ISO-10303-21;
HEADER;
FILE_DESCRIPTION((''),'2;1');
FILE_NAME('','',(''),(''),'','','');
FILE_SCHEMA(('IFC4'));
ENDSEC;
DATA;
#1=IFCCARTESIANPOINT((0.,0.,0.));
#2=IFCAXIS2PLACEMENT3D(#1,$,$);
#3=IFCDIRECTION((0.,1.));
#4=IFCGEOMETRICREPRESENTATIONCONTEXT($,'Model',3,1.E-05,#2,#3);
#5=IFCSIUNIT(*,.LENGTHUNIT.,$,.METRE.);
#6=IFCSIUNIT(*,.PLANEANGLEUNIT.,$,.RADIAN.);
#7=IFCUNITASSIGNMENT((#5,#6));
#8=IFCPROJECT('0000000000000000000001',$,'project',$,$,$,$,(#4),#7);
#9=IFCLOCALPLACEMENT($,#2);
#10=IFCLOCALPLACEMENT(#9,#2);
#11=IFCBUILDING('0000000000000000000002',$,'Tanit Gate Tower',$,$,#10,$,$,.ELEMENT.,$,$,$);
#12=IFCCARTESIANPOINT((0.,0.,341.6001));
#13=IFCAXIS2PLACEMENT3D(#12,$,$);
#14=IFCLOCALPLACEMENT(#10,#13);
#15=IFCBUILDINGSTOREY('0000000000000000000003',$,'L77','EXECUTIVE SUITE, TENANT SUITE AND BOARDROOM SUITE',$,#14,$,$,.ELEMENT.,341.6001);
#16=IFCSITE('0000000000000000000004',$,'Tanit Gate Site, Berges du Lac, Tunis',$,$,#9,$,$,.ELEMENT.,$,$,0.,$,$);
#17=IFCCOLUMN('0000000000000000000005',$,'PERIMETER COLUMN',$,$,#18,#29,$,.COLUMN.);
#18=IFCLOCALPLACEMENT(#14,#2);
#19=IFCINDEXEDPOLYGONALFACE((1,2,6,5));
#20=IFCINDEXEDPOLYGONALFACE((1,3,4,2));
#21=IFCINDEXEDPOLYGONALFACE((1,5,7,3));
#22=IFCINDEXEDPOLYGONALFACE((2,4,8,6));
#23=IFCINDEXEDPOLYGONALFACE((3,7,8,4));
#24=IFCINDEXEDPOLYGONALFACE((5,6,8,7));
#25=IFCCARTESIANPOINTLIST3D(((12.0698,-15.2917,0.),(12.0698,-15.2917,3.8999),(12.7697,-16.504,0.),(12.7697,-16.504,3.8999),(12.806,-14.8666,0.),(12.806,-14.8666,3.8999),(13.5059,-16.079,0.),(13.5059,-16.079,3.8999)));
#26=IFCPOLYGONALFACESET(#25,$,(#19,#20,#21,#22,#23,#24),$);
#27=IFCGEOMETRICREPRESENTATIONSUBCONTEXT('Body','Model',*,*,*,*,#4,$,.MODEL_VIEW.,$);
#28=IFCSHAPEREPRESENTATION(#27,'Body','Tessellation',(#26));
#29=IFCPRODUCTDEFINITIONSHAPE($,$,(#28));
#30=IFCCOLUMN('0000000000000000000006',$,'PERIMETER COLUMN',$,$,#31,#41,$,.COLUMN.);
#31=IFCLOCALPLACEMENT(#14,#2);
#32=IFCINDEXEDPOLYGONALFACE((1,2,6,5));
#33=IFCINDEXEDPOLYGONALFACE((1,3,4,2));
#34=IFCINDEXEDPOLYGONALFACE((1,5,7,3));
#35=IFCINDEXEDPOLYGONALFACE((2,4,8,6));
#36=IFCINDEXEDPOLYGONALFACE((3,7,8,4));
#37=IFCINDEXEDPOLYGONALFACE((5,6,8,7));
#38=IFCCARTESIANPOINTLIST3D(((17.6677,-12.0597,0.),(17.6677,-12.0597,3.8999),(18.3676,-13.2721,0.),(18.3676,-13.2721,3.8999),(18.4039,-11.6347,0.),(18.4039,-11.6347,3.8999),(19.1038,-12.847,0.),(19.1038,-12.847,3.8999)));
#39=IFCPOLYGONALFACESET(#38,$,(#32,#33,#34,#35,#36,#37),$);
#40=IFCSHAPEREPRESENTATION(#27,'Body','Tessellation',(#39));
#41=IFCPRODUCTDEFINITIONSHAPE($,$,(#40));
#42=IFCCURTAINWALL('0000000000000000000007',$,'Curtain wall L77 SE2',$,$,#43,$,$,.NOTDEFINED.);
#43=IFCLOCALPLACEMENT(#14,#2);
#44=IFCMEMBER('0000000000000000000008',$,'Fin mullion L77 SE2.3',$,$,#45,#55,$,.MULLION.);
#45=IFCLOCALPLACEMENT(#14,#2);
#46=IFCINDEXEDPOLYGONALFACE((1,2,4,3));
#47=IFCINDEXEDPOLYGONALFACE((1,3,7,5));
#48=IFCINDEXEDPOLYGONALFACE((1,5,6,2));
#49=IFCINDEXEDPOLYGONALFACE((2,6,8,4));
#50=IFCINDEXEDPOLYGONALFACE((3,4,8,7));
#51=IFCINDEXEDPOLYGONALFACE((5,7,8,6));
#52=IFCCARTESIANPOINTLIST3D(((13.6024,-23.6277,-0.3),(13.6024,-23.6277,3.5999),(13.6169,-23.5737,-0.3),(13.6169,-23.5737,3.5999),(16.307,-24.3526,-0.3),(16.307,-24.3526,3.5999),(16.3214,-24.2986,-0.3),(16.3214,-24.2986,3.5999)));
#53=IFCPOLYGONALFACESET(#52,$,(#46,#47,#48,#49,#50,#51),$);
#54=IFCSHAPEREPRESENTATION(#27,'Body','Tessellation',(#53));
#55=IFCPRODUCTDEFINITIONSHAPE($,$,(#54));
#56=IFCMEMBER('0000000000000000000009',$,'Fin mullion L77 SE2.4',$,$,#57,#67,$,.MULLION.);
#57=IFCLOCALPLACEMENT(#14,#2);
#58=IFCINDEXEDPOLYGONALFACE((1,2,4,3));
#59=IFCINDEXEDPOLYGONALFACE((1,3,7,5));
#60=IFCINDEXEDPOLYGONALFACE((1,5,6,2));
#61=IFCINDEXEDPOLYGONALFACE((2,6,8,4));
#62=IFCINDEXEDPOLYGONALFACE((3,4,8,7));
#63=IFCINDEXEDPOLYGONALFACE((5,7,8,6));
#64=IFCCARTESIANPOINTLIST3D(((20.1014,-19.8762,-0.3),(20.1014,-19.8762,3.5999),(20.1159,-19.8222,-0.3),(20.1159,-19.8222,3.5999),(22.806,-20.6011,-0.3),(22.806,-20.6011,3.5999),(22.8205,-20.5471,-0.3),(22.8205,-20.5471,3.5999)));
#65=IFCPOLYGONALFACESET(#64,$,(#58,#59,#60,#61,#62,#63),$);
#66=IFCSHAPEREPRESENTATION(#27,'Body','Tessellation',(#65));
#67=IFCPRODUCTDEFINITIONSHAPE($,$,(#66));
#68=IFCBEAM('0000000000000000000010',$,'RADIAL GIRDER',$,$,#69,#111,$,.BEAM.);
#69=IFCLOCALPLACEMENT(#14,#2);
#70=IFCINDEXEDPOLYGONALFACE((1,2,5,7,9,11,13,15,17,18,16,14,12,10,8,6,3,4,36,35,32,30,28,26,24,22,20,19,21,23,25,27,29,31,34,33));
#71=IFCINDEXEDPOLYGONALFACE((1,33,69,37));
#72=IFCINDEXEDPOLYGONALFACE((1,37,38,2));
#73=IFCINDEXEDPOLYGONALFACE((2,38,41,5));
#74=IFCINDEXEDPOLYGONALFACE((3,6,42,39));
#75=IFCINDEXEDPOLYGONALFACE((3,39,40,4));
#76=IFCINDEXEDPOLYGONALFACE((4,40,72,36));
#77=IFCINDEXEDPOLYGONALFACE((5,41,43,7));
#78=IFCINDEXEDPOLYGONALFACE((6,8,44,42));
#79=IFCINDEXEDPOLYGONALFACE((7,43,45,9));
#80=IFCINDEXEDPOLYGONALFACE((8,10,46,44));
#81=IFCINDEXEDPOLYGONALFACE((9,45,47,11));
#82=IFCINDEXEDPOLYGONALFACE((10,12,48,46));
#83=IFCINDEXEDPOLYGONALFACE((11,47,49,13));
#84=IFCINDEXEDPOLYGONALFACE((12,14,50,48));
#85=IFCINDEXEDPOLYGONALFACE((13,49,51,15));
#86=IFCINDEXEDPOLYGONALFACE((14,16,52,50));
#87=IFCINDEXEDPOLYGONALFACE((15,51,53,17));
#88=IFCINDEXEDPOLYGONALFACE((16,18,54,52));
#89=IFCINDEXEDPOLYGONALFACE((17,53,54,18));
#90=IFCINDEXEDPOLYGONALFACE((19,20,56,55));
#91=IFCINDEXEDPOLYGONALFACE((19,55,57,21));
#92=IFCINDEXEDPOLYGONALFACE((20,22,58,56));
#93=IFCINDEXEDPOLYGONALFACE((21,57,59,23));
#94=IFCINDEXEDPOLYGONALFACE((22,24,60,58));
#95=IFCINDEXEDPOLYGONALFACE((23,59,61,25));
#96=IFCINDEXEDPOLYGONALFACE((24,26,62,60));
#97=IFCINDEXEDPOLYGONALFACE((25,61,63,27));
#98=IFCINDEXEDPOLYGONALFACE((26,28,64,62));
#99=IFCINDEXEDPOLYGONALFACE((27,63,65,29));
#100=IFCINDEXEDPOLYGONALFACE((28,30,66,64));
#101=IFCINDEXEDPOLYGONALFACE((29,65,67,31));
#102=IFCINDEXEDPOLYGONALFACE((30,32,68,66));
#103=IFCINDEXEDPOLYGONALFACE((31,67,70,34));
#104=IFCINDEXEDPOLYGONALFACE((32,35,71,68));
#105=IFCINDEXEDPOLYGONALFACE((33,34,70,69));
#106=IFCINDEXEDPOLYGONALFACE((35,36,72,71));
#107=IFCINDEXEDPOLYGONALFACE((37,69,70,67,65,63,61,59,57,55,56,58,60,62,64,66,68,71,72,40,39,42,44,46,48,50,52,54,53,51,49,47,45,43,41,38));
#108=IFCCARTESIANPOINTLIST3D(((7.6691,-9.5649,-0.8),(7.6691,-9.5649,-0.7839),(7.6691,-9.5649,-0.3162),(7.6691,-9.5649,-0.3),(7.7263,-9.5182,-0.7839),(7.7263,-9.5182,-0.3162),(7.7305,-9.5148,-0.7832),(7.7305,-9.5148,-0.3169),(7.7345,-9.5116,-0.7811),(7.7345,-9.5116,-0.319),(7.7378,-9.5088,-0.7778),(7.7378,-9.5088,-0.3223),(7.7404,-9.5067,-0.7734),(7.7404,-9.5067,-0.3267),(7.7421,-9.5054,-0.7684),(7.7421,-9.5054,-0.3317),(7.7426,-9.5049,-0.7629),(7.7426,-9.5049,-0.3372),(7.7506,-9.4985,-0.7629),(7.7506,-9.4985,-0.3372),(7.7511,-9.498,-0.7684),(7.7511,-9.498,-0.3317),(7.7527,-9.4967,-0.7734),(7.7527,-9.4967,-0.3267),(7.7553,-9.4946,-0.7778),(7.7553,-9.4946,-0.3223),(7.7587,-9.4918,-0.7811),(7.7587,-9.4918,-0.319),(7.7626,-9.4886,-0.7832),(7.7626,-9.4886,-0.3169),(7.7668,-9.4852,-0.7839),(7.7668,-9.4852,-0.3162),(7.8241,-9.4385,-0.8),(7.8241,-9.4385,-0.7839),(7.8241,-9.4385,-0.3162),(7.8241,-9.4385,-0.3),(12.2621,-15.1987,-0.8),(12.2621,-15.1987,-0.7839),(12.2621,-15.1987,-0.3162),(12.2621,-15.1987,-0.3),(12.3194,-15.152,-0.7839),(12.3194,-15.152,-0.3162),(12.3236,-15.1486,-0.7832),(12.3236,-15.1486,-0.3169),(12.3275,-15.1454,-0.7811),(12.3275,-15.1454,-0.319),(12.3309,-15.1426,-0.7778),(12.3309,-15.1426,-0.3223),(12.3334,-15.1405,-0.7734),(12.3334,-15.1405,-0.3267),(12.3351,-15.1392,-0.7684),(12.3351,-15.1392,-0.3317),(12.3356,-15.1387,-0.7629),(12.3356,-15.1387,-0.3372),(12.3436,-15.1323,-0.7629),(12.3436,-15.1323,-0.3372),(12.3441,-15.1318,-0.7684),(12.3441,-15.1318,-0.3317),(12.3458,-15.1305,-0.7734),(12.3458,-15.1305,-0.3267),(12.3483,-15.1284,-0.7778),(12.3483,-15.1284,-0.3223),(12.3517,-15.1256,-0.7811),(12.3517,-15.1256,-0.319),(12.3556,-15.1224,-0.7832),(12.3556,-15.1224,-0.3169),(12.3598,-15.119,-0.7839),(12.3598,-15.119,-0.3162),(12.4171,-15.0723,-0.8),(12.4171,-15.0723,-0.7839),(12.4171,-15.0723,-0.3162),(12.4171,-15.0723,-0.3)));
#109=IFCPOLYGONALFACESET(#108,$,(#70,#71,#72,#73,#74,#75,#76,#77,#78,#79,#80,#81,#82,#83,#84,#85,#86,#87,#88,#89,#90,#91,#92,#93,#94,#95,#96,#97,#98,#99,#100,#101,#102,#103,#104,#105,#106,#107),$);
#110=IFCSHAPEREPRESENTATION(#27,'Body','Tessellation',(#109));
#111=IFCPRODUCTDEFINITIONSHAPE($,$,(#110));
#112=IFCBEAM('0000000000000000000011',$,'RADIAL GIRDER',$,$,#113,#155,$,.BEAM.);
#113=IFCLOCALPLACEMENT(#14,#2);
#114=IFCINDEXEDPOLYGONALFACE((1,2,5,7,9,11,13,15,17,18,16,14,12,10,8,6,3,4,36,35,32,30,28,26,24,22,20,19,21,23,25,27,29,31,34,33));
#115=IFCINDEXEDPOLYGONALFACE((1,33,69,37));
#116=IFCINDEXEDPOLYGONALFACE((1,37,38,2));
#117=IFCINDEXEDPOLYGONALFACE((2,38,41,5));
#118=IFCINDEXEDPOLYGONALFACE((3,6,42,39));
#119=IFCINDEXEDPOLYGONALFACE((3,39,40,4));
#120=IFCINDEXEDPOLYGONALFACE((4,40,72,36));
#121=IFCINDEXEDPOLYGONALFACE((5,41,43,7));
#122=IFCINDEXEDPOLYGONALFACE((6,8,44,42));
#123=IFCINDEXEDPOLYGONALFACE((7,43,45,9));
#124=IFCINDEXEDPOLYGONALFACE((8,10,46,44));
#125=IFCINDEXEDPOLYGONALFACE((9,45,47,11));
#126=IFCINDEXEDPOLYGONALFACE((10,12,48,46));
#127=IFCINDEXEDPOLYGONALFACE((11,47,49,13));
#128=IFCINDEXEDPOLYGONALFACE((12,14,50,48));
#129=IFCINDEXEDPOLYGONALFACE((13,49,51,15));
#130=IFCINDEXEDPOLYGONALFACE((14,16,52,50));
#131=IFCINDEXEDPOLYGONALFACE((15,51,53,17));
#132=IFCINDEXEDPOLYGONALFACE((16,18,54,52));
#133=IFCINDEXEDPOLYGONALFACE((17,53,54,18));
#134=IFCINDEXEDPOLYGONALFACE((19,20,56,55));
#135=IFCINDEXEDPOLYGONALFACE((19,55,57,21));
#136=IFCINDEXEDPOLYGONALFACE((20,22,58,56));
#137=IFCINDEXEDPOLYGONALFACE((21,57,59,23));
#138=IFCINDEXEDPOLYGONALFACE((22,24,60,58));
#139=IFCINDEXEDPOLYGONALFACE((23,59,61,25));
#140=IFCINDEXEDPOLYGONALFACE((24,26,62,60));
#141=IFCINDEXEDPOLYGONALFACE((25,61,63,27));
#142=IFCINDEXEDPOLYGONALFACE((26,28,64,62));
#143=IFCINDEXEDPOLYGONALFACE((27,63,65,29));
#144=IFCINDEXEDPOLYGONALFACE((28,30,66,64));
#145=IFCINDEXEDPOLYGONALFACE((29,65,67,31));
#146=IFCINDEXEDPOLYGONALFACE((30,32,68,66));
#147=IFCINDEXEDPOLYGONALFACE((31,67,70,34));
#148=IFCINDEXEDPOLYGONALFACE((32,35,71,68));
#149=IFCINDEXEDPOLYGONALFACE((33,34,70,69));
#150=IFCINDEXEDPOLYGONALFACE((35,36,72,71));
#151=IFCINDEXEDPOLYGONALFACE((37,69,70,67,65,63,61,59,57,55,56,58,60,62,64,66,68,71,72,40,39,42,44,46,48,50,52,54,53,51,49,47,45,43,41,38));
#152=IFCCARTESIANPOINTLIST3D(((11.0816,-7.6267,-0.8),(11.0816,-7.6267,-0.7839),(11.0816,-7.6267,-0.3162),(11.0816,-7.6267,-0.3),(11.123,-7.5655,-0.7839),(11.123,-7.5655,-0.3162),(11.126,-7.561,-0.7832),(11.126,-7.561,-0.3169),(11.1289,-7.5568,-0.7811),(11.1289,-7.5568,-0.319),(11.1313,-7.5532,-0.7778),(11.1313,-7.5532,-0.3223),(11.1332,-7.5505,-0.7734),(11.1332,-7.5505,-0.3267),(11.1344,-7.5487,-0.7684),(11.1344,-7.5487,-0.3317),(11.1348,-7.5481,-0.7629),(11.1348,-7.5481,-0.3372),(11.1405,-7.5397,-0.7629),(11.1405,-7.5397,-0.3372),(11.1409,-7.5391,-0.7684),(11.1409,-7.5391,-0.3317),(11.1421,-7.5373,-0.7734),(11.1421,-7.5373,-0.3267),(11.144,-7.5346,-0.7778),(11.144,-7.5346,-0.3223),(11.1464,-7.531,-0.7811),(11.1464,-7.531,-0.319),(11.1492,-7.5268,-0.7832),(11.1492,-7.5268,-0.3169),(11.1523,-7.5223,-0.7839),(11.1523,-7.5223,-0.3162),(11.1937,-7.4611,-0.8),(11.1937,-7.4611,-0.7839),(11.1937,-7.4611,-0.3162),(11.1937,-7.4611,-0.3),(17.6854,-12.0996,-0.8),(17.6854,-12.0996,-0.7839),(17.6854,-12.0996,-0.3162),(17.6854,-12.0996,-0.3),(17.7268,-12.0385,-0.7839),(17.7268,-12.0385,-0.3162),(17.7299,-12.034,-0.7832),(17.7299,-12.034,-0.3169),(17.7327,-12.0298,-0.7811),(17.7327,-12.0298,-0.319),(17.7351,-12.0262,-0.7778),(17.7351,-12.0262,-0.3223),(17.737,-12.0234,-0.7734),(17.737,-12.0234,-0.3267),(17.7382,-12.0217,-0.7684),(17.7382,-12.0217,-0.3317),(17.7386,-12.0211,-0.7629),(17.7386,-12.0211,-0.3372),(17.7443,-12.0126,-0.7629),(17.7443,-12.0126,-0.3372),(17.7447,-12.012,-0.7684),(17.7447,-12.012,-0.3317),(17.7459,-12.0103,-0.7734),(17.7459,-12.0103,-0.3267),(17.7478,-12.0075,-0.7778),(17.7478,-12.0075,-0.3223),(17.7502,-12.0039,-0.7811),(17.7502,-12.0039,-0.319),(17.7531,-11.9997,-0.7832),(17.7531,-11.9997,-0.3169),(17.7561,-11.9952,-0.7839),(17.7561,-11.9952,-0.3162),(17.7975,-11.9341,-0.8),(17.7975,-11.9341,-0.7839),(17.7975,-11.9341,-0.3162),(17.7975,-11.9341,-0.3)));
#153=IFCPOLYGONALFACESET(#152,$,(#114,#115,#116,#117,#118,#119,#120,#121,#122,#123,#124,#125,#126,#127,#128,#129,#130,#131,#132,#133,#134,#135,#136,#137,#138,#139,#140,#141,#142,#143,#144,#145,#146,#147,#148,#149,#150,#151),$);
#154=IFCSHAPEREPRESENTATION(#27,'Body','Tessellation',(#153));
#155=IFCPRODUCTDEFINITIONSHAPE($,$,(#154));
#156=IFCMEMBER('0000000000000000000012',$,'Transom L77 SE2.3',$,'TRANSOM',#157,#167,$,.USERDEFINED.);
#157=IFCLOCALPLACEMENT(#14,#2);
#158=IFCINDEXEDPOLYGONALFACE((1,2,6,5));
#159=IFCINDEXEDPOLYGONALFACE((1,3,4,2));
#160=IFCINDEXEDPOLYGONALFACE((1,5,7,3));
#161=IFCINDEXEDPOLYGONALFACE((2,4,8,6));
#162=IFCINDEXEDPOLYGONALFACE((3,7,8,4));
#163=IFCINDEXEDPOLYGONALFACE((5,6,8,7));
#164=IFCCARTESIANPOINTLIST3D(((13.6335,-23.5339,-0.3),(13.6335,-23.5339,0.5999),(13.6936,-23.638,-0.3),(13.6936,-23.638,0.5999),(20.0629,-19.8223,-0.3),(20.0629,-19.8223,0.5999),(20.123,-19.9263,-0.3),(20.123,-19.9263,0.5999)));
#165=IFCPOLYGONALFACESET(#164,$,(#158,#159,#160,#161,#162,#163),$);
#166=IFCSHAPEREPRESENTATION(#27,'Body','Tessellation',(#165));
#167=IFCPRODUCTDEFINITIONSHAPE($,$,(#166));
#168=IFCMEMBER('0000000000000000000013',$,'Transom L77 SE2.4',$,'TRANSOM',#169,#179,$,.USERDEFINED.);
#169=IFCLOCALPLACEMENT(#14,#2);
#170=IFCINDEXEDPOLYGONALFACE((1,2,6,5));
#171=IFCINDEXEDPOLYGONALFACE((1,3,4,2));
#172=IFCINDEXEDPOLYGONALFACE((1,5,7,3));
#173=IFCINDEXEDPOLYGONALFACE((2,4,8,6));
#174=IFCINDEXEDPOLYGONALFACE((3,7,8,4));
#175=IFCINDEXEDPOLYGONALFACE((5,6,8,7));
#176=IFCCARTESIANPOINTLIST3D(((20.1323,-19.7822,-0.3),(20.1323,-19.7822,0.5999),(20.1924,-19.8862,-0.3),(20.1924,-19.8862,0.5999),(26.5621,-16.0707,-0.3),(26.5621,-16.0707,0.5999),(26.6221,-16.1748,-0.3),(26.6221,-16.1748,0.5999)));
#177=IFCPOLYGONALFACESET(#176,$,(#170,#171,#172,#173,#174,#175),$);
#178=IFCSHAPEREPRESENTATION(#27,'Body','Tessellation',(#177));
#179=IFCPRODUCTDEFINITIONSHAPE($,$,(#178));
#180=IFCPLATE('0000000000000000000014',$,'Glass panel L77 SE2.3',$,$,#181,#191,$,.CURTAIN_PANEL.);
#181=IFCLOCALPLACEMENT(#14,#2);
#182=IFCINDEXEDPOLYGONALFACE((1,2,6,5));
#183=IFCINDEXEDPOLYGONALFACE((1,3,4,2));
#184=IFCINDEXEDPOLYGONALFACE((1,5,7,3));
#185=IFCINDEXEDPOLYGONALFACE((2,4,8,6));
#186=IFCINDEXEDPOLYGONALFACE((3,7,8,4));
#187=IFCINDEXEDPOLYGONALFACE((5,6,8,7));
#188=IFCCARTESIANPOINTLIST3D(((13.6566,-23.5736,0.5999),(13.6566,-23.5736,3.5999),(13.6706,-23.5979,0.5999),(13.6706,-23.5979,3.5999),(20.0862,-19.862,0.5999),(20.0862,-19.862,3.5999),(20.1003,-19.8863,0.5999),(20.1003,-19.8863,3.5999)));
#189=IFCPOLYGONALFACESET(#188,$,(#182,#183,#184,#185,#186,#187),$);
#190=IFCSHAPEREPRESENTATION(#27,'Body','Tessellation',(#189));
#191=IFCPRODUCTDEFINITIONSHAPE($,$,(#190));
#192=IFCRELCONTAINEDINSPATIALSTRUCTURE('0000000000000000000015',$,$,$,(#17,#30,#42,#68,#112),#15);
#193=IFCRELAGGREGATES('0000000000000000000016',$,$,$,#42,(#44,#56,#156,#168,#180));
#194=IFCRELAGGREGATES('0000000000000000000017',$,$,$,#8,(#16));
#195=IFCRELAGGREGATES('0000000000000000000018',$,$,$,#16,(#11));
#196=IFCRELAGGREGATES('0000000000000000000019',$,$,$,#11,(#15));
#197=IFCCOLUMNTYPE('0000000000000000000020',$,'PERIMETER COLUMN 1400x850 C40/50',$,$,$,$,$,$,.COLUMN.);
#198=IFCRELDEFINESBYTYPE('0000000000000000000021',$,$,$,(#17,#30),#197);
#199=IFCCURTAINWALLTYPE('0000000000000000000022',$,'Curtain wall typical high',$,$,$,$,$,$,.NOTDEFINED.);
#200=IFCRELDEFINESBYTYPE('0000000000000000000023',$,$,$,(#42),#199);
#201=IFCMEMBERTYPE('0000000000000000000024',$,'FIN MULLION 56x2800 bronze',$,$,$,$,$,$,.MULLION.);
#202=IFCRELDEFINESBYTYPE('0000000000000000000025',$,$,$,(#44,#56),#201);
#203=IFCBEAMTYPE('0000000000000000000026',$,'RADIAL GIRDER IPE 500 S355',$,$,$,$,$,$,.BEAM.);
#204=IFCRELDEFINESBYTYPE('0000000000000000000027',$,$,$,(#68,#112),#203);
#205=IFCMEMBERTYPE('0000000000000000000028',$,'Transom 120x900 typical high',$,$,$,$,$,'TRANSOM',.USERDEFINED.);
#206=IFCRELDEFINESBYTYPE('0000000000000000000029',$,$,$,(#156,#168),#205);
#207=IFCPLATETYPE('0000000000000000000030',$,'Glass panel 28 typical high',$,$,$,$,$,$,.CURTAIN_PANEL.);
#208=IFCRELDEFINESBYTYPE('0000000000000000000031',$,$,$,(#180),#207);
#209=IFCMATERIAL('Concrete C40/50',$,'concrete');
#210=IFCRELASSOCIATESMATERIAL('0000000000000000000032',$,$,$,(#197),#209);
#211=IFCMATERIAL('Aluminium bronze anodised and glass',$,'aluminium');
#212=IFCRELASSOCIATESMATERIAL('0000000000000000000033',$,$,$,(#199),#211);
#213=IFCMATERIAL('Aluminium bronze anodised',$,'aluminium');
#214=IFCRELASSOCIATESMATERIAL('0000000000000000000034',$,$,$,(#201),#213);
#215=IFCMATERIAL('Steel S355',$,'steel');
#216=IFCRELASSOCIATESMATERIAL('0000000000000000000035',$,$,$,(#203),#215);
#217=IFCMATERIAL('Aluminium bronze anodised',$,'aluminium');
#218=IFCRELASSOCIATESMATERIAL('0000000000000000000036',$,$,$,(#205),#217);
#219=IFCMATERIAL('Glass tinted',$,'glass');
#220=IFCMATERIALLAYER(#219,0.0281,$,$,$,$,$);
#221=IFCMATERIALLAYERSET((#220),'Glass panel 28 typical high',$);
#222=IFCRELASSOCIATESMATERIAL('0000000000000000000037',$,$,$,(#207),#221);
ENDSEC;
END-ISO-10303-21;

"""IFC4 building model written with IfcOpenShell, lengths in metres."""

from ifc_helpers import new_model, si_unit, direction, frame, origin, origin_2d, place, context, subcontext, project, spatial, rectangle, i_section, extrude, material, layer, layer_set, material_profile, profile_set, type_object, element, aggregate, save


model = new_model("IFC4")

# Units and contexts
model_context = context("Model", 3, precision=1e-05, world=origin(), true_north=direction((0.0, 1.0)))
body_context = subcontext(model_context, "Body", "Model", "MODEL_VIEW")
ifc_project = project(units=[si_unit("LENGTHUNIT", "METRE"), si_unit("PLANEANGLEUNIT", "RADIAN")], contexts=[model_context])

# Site, building, storey
site_placement = place(None, origin())
site = spatial("IfcSite", under=ifc_project, at=site_placement, Name="Tanit Gate Site, Berges du Lac, Tunis", CompositionType="ELEMENT", RefElevation=0.0)
building_placement = place(site_placement, origin())
building = spatial("IfcBuilding", under=site, at=building_placement, Name="Tanit Gate Tower", CompositionType="ELEMENT")
storey_placement = place(building_placement, frame((0.0, 0.0, 341.6001)))
storey = spatial("IfcBuildingStorey", under=building, at=storey_placement, Name="L77", Description="EXECUTIVE SUITE, TENANT SUITE AND BOARDROOM SUITE", CompositionType="ELEMENT", Elevation=341.6001)

# Columns
ifc_material_1 = material(Name="Concrete C40/50", Category="concrete")
ifc_material_profile_1 = material_profile(ifc_material_1, rectangle(XDim=1.3999, YDim=0.8501, at=origin_2d()), Name="RC 1400x850")
ifc_profile_set_1 = profile_set([ifc_material_profile_1], Name="Concrete C40/50")
column_type = type_object("IfcColumnType", Name="PERIMETER COLUMN 1400x850 C40/50", PredefinedType="COLUMN", material=ifc_profile_set_1)
for number, where, z_axis, x_axis, name in (
    (1, (12.7878, -15.6853, 0.0), (0.0, 0.0, 1.0), (0.5, -0.866025, 0.0), "PERIMETER COLUMN"),
    (2, (18.3857, -12.4534, 0.0), (0.0, 0.0, 1.0), (0.5, -0.866025, 0.0), "PERIMETER COLUMN"),
):
    element("IfcColumn", number, at=place(storey_placement, frame(where, z_axis=z_axis, x_axis=x_axis)), inside=storey, type_object=column_type, Name=name, PredefinedType="COLUMN", context=body_context, shape_type="SweptSolid", body=[
        extrude(rectangle(XDim=1.3999, YDim=0.8501, at=origin_2d()), origin(), (0.0, 0.0, 1.0), 3.8999),
    ])

# Curtain wall, members
ifc_material_2 = material(Name="Aluminium bronze anodised and glass", Category="aluminium")
curtain_wall_type = type_object("IfcCurtainWallType", Name="Curtain wall typical high", PredefinedType="NOTDEFINED", material=ifc_material_2)
curtain_wall_placement = place(storey_placement, origin())
curtain_wall = element("IfcCurtainWall", 3, at=curtain_wall_placement, inside=storey, type_object=curtain_wall_type, Name="Curtain wall L77 SE2", PredefinedType="NOTDEFINED")
ifc_material_3 = material(Name="Aluminium bronze anodised", Category="aluminium")
ifc_material_profile_2 = material_profile(ifc_material_3, rectangle(XDim=2.8, YDim=0.0559, at=origin_2d()), Name="56x2800 bronze fin mullion")
ifc_profile_set_2 = profile_set([ifc_material_profile_2], Name="Aluminium bronze anodised")
member_type_1 = type_object("IfcMemberType", Name="FIN MULLION 56x2800 bronze", PredefinedType="MULLION", material=ifc_profile_set_2)
member_1_placement = place(storey_placement, frame((14.9619, -23.9631, -0.3), z_axis=(0.0, 0.0, 1.0), x_axis=(-0.965908, 0.258886, 0.0)))
member_1 = element("IfcMember", 4, at=member_1_placement, type_object=member_type_1, Name="Fin mullion L77 SE2.3", PredefinedType="MULLION", context=body_context, shape_type="SweptSolid", body=[
    extrude(rectangle(XDim=2.8, YDim=0.0559, at=origin_2d()), origin(), (0.0, 0.0, 1.0), 3.8999),
])
member_2_placement = place(storey_placement, frame((21.4609, -20.2117, -0.3), z_axis=(0.0, 0.0, 1.0), x_axis=(-0.965908, 0.258886, 0.0)))
member_2 = element("IfcMember", 5, at=member_2_placement, type_object=member_type_1, Name="Fin mullion L77 SE2.4", PredefinedType="MULLION", context=body_context, shape_type="SweptSolid", body=[
    extrude(rectangle(XDim=2.8, YDim=0.0559, at=origin_2d()), origin(), (0.0, 0.0, 1.0), 3.8999),
])

# Beams
ifc_material_4 = material(Name="Steel S355", Category="steel")
ifc_material_profile_3 = material_profile(ifc_material_4, i_section(OverallWidth=0.2, OverallDepth=0.5, WebThickness=0.0103, FlangeThickness=0.0161, FilletRadius=0.021, at=origin_2d()), Name="IPE 500")
ifc_profile_set_3 = profile_set([ifc_material_profile_3], Name="Steel S355")
beam_type = type_object("IfcBeamType", Name="RADIAL GIRDER IPE 500 S355", PredefinedType="BEAM", material=ifc_profile_set_3)
beam_1_placement = place(storey_placement, frame((12.3396, -15.1355, -0.55), z_axis=(-0.631882, 0.775065, 0.0), x_axis=(-0.775065, -0.631882, 0.0)))
element("IfcBeam", 6, at=beam_1_placement, inside=storey, type_object=beam_type, Name="RADIAL GIRDER", PredefinedType="BEAM", context=body_context, shape_type="SweptSolid", body=[
    extrude(i_section(OverallWidth=0.2, OverallDepth=0.5, WebThickness=0.0103, FlangeThickness=0.0161, FilletRadius=0.021, at=origin_2d()), origin(), (0.0, 0.0, 1.0), 7.2688),
])
beam_2_placement = place(storey_placement, frame((17.7415, -12.0168, -0.55), z_axis=(-0.827954, 0.560795, 0.0), x_axis=(-0.560795, -0.827954, 0.0)))
element("IfcBeam", 7, at=beam_2_placement, inside=storey, type_object=beam_type, Name="RADIAL GIRDER", PredefinedType="BEAM", context=body_context, shape_type="SweptSolid", body=[
    extrude(i_section(OverallWidth=0.2, OverallDepth=0.5, WebThickness=0.0103, FlangeThickness=0.0161, FilletRadius=0.021, at=origin_2d()), origin(), (0.0, 0.0, 1.0), 7.9761),
])

# Members
ifc_material_5 = material(Name="Aluminium bronze anodised", Category="aluminium")
ifc_material_profile_4 = material_profile(ifc_material_5, rectangle(XDim=0.1201, YDim=0.8999, at=origin_2d()), Name="120x900 bronze transom")
ifc_profile_set_4 = profile_set([ifc_material_profile_4], Name="Aluminium bronze anodised")
member_type_2 = type_object("IfcMemberType", Name="Transom 120x900 typical high", ElementType="TRANSOM", PredefinedType="USERDEFINED", material=ifc_profile_set_4)
member_3_placement = place(storey_placement, frame((13.6636, -23.5859, 0.1499), z_axis=(0.866047, 0.499963, 0.0), x_axis=(-0.499963, 0.866047, 0.0)))
member_3 = element("IfcMember", 8, at=member_3_placement, type_object=member_type_2, Name="Transom L77 SE2.3", ObjectType="TRANSOM", PredefinedType="USERDEFINED", context=body_context, shape_type="SweptSolid", body=[
    extrude(rectangle(XDim=0.1201, YDim=0.8999, at=origin_2d()), origin(), (0.0, 0.0, 1.0), 7.4238),
])
member_4_placement = place(storey_placement, frame((20.1624, -19.8342, 0.1499), z_axis=(0.866069, 0.499924, 0.0), x_axis=(-0.499924, 0.866069, 0.0)))
member_4 = element("IfcMember", 9, at=member_4_placement, type_object=member_type_2, Name="Transom L77 SE2.4", ObjectType="TRANSOM", PredefinedType="USERDEFINED", context=body_context, shape_type="SweptSolid", body=[
    extrude(rectangle(XDim=0.1201, YDim=0.8999, at=origin_2d()), origin(), (0.0, 0.0, 1.0), 7.4241),
])

# Plate
ifc_material_6 = material(Name="Glass tinted", Category="glass")
ifc_layer_1 = layer(ifc_material_6, 0.0281)
ifc_layer_set_1 = layer_set([ifc_layer_1], Name="Glass panel 28 typical high")
plate_type = type_object("IfcPlateType", Name="Glass panel 28 typical high", PredefinedType="CURTAIN_PANEL", material=ifc_layer_set_1)
plate_placement = place(storey_placement, frame((16.8784, -21.73, 0.5999), z_axis=(0.0, 0.0, 1.0), x_axis=(0.86606, 0.49994, 0.0)))
plate = element("IfcPlate", 10, at=plate_placement, type_object=plate_type, Name="Glass panel L77 SE2.3", PredefinedType="CURTAIN_PANEL", context=body_context, shape_type="SweptSolid", body=[
    extrude(rectangle(XDim=7.4241, YDim=0.0281, at=origin_2d()), origin(), (0.0, 0.0, 1.0), 3.0),
])
aggregate(curtain_wall, [member_1, member_2, member_3, member_4, plate])

save(model, "model.ifc")
